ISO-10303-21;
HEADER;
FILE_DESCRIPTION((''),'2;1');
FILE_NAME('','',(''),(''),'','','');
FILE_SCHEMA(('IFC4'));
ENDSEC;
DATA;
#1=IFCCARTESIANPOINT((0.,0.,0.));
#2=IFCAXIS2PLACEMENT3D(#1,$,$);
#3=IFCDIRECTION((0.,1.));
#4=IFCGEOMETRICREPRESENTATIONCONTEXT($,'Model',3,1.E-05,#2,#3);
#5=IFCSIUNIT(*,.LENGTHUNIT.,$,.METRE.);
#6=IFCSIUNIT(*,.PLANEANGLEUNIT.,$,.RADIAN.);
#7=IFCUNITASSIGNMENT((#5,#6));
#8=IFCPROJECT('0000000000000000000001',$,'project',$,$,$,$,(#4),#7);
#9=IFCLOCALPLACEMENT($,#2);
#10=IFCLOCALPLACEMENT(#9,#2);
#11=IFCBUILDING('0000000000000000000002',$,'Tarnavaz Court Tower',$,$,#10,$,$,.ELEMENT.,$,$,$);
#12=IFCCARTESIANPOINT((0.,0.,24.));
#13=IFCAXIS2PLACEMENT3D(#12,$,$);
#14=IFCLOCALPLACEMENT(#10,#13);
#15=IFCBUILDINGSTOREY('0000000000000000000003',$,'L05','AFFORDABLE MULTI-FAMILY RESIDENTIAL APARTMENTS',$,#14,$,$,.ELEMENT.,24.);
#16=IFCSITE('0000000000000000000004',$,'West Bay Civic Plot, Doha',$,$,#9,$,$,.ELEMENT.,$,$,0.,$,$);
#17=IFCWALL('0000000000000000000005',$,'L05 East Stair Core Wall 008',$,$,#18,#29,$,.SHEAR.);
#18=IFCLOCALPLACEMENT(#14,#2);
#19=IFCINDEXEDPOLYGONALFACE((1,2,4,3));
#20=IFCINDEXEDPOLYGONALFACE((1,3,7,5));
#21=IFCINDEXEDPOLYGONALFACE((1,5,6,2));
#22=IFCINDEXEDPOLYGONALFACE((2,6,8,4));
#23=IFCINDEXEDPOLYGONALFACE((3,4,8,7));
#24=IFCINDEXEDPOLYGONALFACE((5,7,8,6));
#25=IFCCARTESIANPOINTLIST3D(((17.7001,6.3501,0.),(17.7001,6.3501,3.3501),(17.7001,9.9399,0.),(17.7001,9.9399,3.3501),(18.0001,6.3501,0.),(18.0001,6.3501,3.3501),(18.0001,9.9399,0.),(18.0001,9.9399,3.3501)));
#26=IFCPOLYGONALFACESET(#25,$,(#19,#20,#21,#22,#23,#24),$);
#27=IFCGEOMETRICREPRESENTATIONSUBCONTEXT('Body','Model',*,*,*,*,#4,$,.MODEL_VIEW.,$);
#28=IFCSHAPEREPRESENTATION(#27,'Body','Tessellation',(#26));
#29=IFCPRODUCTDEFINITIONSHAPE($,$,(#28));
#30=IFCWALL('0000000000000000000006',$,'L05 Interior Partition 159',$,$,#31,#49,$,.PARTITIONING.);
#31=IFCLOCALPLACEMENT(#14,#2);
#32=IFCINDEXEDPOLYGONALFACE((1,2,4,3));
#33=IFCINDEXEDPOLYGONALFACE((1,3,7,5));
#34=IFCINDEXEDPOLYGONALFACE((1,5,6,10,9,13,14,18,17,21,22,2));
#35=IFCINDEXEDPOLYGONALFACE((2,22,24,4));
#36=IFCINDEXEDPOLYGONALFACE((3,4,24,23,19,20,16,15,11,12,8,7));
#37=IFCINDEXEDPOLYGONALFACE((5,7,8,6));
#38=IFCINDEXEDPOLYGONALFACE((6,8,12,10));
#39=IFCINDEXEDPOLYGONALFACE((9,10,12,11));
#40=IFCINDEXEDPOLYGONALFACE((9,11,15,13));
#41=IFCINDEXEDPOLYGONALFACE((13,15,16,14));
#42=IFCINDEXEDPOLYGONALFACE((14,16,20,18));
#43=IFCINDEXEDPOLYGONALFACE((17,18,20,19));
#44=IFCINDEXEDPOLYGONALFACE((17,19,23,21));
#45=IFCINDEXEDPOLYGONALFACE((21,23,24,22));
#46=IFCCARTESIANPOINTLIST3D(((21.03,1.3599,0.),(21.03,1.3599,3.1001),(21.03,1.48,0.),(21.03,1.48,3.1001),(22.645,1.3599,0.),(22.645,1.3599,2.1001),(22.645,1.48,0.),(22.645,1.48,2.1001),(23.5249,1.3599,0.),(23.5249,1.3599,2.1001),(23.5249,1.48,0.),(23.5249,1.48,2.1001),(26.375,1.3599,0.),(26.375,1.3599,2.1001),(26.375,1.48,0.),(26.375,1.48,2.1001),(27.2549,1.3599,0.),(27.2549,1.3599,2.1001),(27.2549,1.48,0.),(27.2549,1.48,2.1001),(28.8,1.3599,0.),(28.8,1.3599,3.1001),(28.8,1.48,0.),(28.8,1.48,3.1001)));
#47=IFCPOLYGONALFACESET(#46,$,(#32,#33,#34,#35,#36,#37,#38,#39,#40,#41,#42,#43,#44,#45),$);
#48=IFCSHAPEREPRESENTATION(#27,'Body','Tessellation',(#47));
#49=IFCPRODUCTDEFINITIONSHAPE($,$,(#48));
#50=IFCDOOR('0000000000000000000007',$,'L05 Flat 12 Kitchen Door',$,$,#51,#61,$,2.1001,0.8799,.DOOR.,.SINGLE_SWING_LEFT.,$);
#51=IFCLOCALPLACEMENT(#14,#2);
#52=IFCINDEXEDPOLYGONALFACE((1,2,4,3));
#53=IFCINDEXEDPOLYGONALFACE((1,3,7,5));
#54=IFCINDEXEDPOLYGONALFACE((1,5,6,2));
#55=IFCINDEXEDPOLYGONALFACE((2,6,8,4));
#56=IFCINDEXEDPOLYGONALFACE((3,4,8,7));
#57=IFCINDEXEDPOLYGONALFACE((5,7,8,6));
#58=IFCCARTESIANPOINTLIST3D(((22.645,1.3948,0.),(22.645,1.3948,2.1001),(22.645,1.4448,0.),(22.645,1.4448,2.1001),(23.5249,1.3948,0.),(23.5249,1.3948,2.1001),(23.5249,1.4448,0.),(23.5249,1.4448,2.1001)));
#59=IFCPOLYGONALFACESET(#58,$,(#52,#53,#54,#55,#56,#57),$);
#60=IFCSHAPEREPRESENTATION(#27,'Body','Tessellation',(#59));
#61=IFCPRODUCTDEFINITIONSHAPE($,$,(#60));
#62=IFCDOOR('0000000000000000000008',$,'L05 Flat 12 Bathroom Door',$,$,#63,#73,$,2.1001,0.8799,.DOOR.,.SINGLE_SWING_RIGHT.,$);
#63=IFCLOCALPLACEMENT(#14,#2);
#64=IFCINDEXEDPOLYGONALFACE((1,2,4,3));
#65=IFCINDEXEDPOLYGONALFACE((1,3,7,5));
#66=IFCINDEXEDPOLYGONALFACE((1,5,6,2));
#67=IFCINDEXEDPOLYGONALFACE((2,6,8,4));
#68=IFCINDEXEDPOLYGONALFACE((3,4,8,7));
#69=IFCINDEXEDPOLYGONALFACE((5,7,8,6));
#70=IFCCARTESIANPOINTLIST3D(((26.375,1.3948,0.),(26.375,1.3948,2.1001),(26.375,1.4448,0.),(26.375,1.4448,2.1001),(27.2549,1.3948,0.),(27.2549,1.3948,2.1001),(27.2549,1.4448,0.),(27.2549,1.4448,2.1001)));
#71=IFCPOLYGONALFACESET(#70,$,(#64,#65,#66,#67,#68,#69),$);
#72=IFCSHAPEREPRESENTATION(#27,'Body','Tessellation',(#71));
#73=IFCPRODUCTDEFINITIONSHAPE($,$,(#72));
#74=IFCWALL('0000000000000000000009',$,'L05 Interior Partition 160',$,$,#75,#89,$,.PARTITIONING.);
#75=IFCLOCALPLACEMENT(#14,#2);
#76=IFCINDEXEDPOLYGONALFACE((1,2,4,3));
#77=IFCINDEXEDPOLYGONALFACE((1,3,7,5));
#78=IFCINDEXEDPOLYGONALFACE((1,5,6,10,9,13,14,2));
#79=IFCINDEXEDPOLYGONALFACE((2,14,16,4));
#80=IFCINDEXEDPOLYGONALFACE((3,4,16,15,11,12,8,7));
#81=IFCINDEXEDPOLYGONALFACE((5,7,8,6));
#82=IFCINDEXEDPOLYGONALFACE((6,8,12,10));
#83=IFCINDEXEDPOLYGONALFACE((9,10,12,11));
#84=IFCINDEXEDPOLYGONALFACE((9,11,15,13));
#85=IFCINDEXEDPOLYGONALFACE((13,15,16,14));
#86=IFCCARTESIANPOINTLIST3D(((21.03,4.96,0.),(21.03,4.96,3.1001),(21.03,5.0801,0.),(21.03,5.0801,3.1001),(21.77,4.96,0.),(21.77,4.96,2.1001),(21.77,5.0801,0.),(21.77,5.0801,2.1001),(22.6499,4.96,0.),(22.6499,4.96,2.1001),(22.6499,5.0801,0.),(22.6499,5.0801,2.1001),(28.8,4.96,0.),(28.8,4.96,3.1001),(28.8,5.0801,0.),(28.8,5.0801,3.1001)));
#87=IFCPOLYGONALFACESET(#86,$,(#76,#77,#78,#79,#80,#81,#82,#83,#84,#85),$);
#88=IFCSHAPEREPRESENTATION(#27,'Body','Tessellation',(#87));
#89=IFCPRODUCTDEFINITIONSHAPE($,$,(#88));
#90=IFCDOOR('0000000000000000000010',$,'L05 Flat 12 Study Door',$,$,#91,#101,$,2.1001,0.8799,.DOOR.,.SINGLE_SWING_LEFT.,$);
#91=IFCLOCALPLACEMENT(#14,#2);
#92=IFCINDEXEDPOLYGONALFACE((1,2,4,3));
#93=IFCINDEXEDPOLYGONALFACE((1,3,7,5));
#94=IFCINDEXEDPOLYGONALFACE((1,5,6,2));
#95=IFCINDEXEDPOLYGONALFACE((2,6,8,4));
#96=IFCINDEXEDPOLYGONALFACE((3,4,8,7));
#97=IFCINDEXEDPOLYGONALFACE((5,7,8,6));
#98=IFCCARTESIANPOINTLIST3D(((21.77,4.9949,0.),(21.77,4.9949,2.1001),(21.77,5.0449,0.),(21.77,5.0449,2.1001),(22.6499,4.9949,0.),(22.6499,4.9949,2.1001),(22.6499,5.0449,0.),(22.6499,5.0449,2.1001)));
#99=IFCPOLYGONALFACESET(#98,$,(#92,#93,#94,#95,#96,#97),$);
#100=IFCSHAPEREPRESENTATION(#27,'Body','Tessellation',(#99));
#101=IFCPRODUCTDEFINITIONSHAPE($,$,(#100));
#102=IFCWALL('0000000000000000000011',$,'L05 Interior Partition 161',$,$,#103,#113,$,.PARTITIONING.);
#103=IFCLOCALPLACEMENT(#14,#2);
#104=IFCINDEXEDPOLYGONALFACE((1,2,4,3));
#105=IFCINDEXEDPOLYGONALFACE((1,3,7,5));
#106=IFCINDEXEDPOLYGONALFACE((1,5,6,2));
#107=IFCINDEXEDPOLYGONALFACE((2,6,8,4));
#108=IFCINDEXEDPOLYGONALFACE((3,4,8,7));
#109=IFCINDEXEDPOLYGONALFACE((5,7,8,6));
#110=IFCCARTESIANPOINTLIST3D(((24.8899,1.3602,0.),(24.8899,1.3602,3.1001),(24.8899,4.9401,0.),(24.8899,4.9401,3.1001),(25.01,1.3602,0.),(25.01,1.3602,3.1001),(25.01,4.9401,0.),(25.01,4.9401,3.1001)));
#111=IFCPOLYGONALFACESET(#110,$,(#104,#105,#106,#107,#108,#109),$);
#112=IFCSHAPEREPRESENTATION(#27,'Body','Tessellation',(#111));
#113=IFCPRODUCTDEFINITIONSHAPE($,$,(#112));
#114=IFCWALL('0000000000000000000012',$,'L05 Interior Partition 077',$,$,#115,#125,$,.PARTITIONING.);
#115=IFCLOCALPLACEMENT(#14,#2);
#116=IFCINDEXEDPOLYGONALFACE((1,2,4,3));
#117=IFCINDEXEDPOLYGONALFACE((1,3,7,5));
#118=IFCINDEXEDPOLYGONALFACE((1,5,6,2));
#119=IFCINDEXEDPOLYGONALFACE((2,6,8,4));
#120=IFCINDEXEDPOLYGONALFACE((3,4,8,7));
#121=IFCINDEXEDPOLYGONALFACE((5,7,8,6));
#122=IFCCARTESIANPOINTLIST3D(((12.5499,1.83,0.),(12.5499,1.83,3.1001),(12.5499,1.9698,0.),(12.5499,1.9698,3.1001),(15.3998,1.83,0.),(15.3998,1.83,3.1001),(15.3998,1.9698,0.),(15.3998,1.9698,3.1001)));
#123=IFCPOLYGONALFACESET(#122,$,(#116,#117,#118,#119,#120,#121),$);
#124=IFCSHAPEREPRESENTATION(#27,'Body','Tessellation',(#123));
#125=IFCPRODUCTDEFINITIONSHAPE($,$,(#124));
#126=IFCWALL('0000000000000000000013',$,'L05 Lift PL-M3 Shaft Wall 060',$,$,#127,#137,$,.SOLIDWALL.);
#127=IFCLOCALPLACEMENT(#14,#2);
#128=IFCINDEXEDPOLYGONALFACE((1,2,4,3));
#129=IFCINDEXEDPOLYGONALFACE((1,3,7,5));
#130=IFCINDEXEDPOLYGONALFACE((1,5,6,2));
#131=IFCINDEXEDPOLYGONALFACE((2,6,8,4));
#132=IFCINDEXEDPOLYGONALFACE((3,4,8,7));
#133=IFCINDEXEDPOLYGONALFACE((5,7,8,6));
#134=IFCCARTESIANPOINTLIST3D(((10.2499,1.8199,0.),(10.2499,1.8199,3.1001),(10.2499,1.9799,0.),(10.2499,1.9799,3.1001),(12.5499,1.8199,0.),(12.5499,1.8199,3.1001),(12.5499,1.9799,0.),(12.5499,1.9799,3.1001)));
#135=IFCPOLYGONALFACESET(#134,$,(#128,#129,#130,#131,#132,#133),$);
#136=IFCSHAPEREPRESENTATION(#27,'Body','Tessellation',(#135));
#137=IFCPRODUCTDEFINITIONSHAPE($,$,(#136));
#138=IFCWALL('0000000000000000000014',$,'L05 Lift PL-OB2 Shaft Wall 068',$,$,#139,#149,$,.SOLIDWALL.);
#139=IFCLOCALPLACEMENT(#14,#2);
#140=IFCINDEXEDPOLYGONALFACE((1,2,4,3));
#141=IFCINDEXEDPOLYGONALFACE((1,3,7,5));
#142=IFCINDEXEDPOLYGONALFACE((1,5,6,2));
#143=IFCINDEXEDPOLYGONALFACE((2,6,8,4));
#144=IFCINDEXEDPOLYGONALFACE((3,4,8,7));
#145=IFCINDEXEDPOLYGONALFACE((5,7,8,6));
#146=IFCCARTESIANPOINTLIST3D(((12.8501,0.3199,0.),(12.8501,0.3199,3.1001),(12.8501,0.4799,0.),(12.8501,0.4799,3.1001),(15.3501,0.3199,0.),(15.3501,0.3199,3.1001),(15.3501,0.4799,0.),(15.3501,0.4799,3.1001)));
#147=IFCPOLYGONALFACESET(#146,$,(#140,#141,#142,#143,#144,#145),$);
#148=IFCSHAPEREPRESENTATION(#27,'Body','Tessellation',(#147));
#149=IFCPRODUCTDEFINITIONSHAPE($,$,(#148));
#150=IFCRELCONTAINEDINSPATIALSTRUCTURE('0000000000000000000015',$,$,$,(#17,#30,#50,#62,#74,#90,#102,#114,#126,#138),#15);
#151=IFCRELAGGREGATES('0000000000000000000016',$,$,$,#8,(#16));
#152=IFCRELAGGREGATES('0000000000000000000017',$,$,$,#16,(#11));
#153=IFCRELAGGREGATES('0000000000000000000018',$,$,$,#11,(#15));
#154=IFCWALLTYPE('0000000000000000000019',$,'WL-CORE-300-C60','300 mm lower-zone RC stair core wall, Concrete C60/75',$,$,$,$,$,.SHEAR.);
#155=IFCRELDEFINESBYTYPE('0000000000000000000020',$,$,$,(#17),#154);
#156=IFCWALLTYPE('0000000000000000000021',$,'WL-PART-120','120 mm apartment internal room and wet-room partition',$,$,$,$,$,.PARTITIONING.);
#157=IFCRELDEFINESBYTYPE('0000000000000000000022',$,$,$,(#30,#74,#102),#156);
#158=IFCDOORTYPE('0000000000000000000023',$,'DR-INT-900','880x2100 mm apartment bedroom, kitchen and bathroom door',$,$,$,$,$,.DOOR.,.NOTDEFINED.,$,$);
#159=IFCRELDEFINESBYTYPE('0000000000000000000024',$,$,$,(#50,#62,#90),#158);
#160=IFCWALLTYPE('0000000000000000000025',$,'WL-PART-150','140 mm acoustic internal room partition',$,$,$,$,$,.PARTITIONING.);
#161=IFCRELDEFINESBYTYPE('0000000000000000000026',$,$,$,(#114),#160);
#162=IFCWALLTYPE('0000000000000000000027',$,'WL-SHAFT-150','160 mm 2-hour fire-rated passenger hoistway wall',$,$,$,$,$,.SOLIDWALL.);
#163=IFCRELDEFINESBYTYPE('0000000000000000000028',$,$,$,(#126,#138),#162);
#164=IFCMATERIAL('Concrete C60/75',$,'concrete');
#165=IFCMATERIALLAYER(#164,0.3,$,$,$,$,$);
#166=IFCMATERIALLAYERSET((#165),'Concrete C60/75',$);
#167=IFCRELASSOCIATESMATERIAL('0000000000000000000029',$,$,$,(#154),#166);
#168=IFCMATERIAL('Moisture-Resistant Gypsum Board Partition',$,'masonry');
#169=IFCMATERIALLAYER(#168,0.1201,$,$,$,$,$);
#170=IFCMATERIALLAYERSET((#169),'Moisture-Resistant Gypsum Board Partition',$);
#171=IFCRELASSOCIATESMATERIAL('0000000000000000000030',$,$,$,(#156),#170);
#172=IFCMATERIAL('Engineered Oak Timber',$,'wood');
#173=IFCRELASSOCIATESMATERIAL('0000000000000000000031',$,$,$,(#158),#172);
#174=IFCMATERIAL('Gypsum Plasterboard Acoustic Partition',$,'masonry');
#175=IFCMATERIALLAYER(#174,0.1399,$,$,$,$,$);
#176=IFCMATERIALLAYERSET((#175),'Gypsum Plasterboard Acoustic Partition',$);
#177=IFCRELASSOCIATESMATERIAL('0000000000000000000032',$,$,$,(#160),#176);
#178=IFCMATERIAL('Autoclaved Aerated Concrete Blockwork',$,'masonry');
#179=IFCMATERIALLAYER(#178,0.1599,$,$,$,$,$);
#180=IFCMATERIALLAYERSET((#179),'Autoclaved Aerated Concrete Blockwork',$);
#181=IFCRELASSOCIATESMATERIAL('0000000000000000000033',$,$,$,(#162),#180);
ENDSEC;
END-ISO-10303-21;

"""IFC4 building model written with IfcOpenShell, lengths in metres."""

from ifc_helpers import new_model, si_unit, direction, frame, frame_2d, origin, place, context, subcontext, project, spatial, rectangle, extrude, material, layer, layer_set, type_object, element, fill, save


model = new_model("IFC4")

# Units and contexts
model_context = context("Model", 3, precision=1e-05, world=origin(), true_north=direction((0.0, 1.0)))
body_context = subcontext(model_context, "Body", "Model", "MODEL_VIEW")
ifc_project = project(units=[si_unit("LENGTHUNIT", "METRE"), si_unit("PLANEANGLEUNIT", "RADIAN")], contexts=[model_context])

# Site, building, storey
site_placement = place(None, origin())
site = spatial("IfcSite", under=ifc_project, at=site_placement, Name="West Bay Civic Plot, Doha", CompositionType="ELEMENT", RefElevation=0.0)
building_placement = place(site_placement, origin())
building = spatial("IfcBuilding", under=site, at=building_placement, Name="Tarnavaz Court Tower", CompositionType="ELEMENT")
storey_placement = place(building_placement, frame((0.0, 0.0, 24.0)))
storey = spatial("IfcBuildingStorey", under=building, at=storey_placement, Name="L05", Description="AFFORDABLE MULTI-FAMILY RESIDENTIAL APARTMENTS", CompositionType="ELEMENT", Elevation=24.0)

# Shared definitions
ifc_material_1 = material(Name="Concrete C60/75", Category="concrete")

# Wall
ifc_layer_1 = layer(ifc_material_1, 0.3)
ifc_layer_set_1 = layer_set([ifc_layer_1], Name="Concrete C60/75")
wall_type_1 = type_object("IfcWallType", Name="WL-CORE-300-C60", Description="300 mm lower-zone RC stair core wall, Concrete C60/75", PredefinedType="SHEAR", material=ifc_layer_set_1)
wall_1_placement = place(storey_placement, frame((17.8501, 6.3501, 0.0), z_axis=(0.0, 0.0, 1.0), x_axis=(0.0, 1.0, 0.0)))
element("IfcWall", 1, at=wall_1_placement, inside=storey, type_object=wall_type_1, Name="L05 East Stair Core Wall 008", PredefinedType="SHEAR", context=body_context, shape_type="SweptSolid", body=[
    extrude(rectangle(XDim=3.5898, YDim=0.3, at=frame_2d((1.7949, 0.0))), origin(), (0.0, 0.0, 1.0), 3.3501),
])

# Wall, openings, doors
ifc_material_2 = material(Name="Moisture-Resistant Gypsum Board Partition", Category="masonry")
ifc_layer_2 = layer(ifc_material_2, 0.1201)
ifc_layer_set_2 = layer_set([ifc_layer_2], Name="Moisture-Resistant Gypsum Board Partition")
wall_type_2 = type_object("IfcWallType", Name="WL-PART-120", Description="120 mm apartment internal room and wet-room partition", PredefinedType="PARTITIONING", material=ifc_layer_set_2)
wall_2_placement = place(storey_placement, frame((21.03, 1.4199, 0.0), z_axis=(0.0, 0.0, 1.0), x_axis=(1.0, 0.0, 0.0)))
wall_2 = element("IfcWall", 2, at=wall_2_placement, inside=storey, type_object=wall_type_2, Name="L05 Interior Partition 159", PredefinedType="PARTITIONING", context=body_context, shape_type="SweptSolid", body=[
    extrude(rectangle(XDim=7.77, YDim=0.1201, at=frame_2d((3.885, 0.0))), origin(), (0.0, 0.0, 1.0), 3.1001),
])
opening_1_placement = place(wall_2_placement, frame((1.615, 0.0, 0.0)))
opening_1 = element("IfcOpeningElement", 3, at=opening_1_placement, cuts=wall_2, PredefinedType="OPENING", context=body_context, shape_type="SweptSolid", body=[
    extrude(rectangle(XDim=0.8799, YDim=2.1001, at=frame_2d((0.4399, 1.05))), frame((0.0, 0.0701, 0.0), z_axis=(0.0, -1.0, 0.0), x_axis=(1.0, 0.0, 0.0)), (0.0, 0.0, 1.0), 0.1401),
])
opening_2_placement = place(wall_2_placement, frame((5.345, 0.0, 0.0)))
opening_2 = element("IfcOpeningElement", 4, at=opening_2_placement, cuts=wall_2, PredefinedType="OPENING", context=body_context, shape_type="SweptSolid", body=[
    extrude(rectangle(XDim=0.8799, YDim=2.1001, at=frame_2d((0.4399, 1.05))), frame((0.0, 0.0701, 0.0), z_axis=(0.0, -1.0, 0.0), x_axis=(1.0, 0.0, 0.0)), (0.0, 0.0, 1.0), 0.1401),
])
ifc_material_3 = material(Name="Engineered Oak Timber", Category="wood")
door_type_1 = type_object("IfcDoorType", Name="DR-INT-900", Description="880x2100 mm apartment bedroom, kitchen and bathroom door", OperationType="NOTDEFINED", PredefinedType="DOOR", material=ifc_material_3)
door_1_placement = place(opening_1_placement, origin())
door_1 = element("IfcDoor", 5, at=door_1_placement, inside=storey, type_object=door_type_1, Name="L05 Flat 12 Kitchen Door", OperationType="SINGLE_SWING_LEFT", OverallHeight=2.1001, OverallWidth=0.8799, PredefinedType="DOOR", context=body_context, shape_type="SweptSolid", body=[
    extrude(rectangle(XDim=0.8799, YDim=2.1001, at=frame_2d((0.4399, 1.05))), frame((0.0, 0.0249, 0.0), z_axis=(0.0, -1.0, 0.0), x_axis=(1.0, 0.0, 0.0)), (0.0, 0.0, 1.0), 0.05),
])
fill(opening_1, door_1)
door_2_placement = place(opening_2_placement, origin())
door_2 = element("IfcDoor", 6, at=door_2_placement, inside=storey, type_object=door_type_1, Name="L05 Flat 12 Bathroom Door", OperationType="SINGLE_SWING_RIGHT", OverallHeight=2.1001, OverallWidth=0.8799, PredefinedType="DOOR", context=body_context, shape_type="SweptSolid", body=[
    extrude(rectangle(XDim=0.8799, YDim=2.1001, at=frame_2d((0.4399, 1.05))), frame((0.0, 0.0249, 0.0), z_axis=(0.0, -1.0, 0.0), x_axis=(1.0, 0.0, 0.0)), (0.0, 0.0, 1.0), 0.05),
])
fill(opening_2, door_2)

# Wall, opening, door
wall_3_placement = place(storey_placement, frame((21.03, 5.02, 0.0), z_axis=(0.0, 0.0, 1.0), x_axis=(1.0, 0.0, 0.0)))
wall_3 = element("IfcWall", 7, at=wall_3_placement, inside=storey, type_object=wall_type_2, Name="L05 Interior Partition 160", PredefinedType="PARTITIONING", context=body_context, shape_type="SweptSolid", body=[
    extrude(rectangle(XDim=7.77, YDim=0.1201, at=frame_2d((3.885, 0.0))), origin(), (0.0, 0.0, 1.0), 3.1001),
])
opening_3_placement = place(wall_3_placement, frame((0.74, 0.0, 0.0)))
opening_3 = element("IfcOpeningElement", 8, at=opening_3_placement, cuts=wall_3, PredefinedType="OPENING", context=body_context, shape_type="SweptSolid", body=[
    extrude(rectangle(XDim=0.8799, YDim=2.1001, at=frame_2d((0.4399, 1.05))), frame((0.0, 0.0701, 0.0), z_axis=(0.0, -1.0, 0.0), x_axis=(1.0, 0.0, 0.0)), (0.0, 0.0, 1.0), 0.1401),
])
door_3_placement = place(opening_3_placement, origin())
door_3 = element("IfcDoor", 9, at=door_3_placement, inside=storey, type_object=door_type_1, Name="L05 Flat 12 Study Door", OperationType="SINGLE_SWING_LEFT", OverallHeight=2.1001, OverallWidth=0.8799, PredefinedType="DOOR", context=body_context, shape_type="SweptSolid", body=[
    extrude(rectangle(XDim=0.8799, YDim=2.1001, at=frame_2d((0.4399, 1.05))), frame((0.0, 0.0249, 0.0), z_axis=(0.0, -1.0, 0.0), x_axis=(1.0, 0.0, 0.0)), (0.0, 0.0, 1.0), 0.05),
])
fill(opening_3, door_3)

# Walls
wall_4_placement = place(storey_placement, frame((24.95, 1.3601, 0.0), z_axis=(0.0, 0.0, 1.0), x_axis=(0.0, 1.0, 0.0)))
element("IfcWall", 10, at=wall_4_placement, inside=storey, type_object=wall_type_2, Name="L05 Interior Partition 161", PredefinedType="PARTITIONING", context=body_context, shape_type="SweptSolid", body=[
    extrude(rectangle(XDim=3.5798, YDim=0.1201, at=frame_2d((1.79, 0.0))), origin(), (0.0, 0.0, 1.0), 3.1001),
])
ifc_material_4 = material(Name="Gypsum Plasterboard Acoustic Partition", Category="masonry")
ifc_layer_3 = layer(ifc_material_4, 0.1399)
ifc_layer_set_3 = layer_set([ifc_layer_3], Name="Gypsum Plasterboard Acoustic Partition")
wall_type_3 = type_object("IfcWallType", Name="WL-PART-150", Description="140 mm acoustic internal room partition", PredefinedType="PARTITIONING", material=ifc_layer_set_3)
wall_5_placement = place(storey_placement, frame((12.55, 1.8999, 0.0), z_axis=(0.0, 0.0, 1.0), x_axis=(1.0, 0.0, 0.0)))
element("IfcWall", 11, at=wall_5_placement, inside=storey, type_object=wall_type_3, Name="L05 Interior Partition 077", PredefinedType="PARTITIONING", context=body_context, shape_type="SweptSolid", body=[
    extrude(rectangle(XDim=2.8499, YDim=0.1399, at=frame_2d((1.4248, 0.0))), origin(), (0.0, 0.0, 1.0), 3.1001),
])
ifc_material_5 = material(Name="Autoclaved Aerated Concrete Blockwork", Category="masonry")
ifc_layer_4 = layer(ifc_material_5, 0.1599)
ifc_layer_set_4 = layer_set([ifc_layer_4], Name="Autoclaved Aerated Concrete Blockwork")
wall_type_4 = type_object("IfcWallType", Name="WL-SHAFT-150", Description="160 mm 2-hour fire-rated passenger hoistway wall", PredefinedType="SOLIDWALL", material=ifc_layer_set_4)
wall_6_placement = place(storey_placement, frame((10.25, 1.8999, 0.0), z_axis=(0.0, 0.0, 1.0), x_axis=(1.0, 0.0, 0.0)))
element("IfcWall", 12, at=wall_6_placement, inside=storey, type_object=wall_type_4, Name="L05 Lift PL-M3 Shaft Wall 060", PredefinedType="SOLIDWALL", context=body_context, shape_type="SweptSolid", body=[
    extrude(rectangle(XDim=2.3, YDim=0.1599, at=frame_2d((1.1499, 0.0))), origin(), (0.0, 0.0, 1.0), 3.1001),
])
wall_7_placement = place(storey_placement, frame((12.8501, 0.3999, 0.0), z_axis=(0.0, 0.0, 1.0), x_axis=(1.0, 0.0, 0.0)))
element("IfcWall", 13, at=wall_7_placement, inside=storey, type_object=wall_type_4, Name="L05 Lift PL-OB2 Shaft Wall 068", PredefinedType="SOLIDWALL", context=body_context, shape_type="SweptSolid", body=[
    extrude(rectangle(XDim=2.5, YDim=0.1599, at=frame_2d((1.25, 0.0))), origin(), (0.0, 0.0, 1.0), 3.1001),
])

save(model, "model.ifc")
